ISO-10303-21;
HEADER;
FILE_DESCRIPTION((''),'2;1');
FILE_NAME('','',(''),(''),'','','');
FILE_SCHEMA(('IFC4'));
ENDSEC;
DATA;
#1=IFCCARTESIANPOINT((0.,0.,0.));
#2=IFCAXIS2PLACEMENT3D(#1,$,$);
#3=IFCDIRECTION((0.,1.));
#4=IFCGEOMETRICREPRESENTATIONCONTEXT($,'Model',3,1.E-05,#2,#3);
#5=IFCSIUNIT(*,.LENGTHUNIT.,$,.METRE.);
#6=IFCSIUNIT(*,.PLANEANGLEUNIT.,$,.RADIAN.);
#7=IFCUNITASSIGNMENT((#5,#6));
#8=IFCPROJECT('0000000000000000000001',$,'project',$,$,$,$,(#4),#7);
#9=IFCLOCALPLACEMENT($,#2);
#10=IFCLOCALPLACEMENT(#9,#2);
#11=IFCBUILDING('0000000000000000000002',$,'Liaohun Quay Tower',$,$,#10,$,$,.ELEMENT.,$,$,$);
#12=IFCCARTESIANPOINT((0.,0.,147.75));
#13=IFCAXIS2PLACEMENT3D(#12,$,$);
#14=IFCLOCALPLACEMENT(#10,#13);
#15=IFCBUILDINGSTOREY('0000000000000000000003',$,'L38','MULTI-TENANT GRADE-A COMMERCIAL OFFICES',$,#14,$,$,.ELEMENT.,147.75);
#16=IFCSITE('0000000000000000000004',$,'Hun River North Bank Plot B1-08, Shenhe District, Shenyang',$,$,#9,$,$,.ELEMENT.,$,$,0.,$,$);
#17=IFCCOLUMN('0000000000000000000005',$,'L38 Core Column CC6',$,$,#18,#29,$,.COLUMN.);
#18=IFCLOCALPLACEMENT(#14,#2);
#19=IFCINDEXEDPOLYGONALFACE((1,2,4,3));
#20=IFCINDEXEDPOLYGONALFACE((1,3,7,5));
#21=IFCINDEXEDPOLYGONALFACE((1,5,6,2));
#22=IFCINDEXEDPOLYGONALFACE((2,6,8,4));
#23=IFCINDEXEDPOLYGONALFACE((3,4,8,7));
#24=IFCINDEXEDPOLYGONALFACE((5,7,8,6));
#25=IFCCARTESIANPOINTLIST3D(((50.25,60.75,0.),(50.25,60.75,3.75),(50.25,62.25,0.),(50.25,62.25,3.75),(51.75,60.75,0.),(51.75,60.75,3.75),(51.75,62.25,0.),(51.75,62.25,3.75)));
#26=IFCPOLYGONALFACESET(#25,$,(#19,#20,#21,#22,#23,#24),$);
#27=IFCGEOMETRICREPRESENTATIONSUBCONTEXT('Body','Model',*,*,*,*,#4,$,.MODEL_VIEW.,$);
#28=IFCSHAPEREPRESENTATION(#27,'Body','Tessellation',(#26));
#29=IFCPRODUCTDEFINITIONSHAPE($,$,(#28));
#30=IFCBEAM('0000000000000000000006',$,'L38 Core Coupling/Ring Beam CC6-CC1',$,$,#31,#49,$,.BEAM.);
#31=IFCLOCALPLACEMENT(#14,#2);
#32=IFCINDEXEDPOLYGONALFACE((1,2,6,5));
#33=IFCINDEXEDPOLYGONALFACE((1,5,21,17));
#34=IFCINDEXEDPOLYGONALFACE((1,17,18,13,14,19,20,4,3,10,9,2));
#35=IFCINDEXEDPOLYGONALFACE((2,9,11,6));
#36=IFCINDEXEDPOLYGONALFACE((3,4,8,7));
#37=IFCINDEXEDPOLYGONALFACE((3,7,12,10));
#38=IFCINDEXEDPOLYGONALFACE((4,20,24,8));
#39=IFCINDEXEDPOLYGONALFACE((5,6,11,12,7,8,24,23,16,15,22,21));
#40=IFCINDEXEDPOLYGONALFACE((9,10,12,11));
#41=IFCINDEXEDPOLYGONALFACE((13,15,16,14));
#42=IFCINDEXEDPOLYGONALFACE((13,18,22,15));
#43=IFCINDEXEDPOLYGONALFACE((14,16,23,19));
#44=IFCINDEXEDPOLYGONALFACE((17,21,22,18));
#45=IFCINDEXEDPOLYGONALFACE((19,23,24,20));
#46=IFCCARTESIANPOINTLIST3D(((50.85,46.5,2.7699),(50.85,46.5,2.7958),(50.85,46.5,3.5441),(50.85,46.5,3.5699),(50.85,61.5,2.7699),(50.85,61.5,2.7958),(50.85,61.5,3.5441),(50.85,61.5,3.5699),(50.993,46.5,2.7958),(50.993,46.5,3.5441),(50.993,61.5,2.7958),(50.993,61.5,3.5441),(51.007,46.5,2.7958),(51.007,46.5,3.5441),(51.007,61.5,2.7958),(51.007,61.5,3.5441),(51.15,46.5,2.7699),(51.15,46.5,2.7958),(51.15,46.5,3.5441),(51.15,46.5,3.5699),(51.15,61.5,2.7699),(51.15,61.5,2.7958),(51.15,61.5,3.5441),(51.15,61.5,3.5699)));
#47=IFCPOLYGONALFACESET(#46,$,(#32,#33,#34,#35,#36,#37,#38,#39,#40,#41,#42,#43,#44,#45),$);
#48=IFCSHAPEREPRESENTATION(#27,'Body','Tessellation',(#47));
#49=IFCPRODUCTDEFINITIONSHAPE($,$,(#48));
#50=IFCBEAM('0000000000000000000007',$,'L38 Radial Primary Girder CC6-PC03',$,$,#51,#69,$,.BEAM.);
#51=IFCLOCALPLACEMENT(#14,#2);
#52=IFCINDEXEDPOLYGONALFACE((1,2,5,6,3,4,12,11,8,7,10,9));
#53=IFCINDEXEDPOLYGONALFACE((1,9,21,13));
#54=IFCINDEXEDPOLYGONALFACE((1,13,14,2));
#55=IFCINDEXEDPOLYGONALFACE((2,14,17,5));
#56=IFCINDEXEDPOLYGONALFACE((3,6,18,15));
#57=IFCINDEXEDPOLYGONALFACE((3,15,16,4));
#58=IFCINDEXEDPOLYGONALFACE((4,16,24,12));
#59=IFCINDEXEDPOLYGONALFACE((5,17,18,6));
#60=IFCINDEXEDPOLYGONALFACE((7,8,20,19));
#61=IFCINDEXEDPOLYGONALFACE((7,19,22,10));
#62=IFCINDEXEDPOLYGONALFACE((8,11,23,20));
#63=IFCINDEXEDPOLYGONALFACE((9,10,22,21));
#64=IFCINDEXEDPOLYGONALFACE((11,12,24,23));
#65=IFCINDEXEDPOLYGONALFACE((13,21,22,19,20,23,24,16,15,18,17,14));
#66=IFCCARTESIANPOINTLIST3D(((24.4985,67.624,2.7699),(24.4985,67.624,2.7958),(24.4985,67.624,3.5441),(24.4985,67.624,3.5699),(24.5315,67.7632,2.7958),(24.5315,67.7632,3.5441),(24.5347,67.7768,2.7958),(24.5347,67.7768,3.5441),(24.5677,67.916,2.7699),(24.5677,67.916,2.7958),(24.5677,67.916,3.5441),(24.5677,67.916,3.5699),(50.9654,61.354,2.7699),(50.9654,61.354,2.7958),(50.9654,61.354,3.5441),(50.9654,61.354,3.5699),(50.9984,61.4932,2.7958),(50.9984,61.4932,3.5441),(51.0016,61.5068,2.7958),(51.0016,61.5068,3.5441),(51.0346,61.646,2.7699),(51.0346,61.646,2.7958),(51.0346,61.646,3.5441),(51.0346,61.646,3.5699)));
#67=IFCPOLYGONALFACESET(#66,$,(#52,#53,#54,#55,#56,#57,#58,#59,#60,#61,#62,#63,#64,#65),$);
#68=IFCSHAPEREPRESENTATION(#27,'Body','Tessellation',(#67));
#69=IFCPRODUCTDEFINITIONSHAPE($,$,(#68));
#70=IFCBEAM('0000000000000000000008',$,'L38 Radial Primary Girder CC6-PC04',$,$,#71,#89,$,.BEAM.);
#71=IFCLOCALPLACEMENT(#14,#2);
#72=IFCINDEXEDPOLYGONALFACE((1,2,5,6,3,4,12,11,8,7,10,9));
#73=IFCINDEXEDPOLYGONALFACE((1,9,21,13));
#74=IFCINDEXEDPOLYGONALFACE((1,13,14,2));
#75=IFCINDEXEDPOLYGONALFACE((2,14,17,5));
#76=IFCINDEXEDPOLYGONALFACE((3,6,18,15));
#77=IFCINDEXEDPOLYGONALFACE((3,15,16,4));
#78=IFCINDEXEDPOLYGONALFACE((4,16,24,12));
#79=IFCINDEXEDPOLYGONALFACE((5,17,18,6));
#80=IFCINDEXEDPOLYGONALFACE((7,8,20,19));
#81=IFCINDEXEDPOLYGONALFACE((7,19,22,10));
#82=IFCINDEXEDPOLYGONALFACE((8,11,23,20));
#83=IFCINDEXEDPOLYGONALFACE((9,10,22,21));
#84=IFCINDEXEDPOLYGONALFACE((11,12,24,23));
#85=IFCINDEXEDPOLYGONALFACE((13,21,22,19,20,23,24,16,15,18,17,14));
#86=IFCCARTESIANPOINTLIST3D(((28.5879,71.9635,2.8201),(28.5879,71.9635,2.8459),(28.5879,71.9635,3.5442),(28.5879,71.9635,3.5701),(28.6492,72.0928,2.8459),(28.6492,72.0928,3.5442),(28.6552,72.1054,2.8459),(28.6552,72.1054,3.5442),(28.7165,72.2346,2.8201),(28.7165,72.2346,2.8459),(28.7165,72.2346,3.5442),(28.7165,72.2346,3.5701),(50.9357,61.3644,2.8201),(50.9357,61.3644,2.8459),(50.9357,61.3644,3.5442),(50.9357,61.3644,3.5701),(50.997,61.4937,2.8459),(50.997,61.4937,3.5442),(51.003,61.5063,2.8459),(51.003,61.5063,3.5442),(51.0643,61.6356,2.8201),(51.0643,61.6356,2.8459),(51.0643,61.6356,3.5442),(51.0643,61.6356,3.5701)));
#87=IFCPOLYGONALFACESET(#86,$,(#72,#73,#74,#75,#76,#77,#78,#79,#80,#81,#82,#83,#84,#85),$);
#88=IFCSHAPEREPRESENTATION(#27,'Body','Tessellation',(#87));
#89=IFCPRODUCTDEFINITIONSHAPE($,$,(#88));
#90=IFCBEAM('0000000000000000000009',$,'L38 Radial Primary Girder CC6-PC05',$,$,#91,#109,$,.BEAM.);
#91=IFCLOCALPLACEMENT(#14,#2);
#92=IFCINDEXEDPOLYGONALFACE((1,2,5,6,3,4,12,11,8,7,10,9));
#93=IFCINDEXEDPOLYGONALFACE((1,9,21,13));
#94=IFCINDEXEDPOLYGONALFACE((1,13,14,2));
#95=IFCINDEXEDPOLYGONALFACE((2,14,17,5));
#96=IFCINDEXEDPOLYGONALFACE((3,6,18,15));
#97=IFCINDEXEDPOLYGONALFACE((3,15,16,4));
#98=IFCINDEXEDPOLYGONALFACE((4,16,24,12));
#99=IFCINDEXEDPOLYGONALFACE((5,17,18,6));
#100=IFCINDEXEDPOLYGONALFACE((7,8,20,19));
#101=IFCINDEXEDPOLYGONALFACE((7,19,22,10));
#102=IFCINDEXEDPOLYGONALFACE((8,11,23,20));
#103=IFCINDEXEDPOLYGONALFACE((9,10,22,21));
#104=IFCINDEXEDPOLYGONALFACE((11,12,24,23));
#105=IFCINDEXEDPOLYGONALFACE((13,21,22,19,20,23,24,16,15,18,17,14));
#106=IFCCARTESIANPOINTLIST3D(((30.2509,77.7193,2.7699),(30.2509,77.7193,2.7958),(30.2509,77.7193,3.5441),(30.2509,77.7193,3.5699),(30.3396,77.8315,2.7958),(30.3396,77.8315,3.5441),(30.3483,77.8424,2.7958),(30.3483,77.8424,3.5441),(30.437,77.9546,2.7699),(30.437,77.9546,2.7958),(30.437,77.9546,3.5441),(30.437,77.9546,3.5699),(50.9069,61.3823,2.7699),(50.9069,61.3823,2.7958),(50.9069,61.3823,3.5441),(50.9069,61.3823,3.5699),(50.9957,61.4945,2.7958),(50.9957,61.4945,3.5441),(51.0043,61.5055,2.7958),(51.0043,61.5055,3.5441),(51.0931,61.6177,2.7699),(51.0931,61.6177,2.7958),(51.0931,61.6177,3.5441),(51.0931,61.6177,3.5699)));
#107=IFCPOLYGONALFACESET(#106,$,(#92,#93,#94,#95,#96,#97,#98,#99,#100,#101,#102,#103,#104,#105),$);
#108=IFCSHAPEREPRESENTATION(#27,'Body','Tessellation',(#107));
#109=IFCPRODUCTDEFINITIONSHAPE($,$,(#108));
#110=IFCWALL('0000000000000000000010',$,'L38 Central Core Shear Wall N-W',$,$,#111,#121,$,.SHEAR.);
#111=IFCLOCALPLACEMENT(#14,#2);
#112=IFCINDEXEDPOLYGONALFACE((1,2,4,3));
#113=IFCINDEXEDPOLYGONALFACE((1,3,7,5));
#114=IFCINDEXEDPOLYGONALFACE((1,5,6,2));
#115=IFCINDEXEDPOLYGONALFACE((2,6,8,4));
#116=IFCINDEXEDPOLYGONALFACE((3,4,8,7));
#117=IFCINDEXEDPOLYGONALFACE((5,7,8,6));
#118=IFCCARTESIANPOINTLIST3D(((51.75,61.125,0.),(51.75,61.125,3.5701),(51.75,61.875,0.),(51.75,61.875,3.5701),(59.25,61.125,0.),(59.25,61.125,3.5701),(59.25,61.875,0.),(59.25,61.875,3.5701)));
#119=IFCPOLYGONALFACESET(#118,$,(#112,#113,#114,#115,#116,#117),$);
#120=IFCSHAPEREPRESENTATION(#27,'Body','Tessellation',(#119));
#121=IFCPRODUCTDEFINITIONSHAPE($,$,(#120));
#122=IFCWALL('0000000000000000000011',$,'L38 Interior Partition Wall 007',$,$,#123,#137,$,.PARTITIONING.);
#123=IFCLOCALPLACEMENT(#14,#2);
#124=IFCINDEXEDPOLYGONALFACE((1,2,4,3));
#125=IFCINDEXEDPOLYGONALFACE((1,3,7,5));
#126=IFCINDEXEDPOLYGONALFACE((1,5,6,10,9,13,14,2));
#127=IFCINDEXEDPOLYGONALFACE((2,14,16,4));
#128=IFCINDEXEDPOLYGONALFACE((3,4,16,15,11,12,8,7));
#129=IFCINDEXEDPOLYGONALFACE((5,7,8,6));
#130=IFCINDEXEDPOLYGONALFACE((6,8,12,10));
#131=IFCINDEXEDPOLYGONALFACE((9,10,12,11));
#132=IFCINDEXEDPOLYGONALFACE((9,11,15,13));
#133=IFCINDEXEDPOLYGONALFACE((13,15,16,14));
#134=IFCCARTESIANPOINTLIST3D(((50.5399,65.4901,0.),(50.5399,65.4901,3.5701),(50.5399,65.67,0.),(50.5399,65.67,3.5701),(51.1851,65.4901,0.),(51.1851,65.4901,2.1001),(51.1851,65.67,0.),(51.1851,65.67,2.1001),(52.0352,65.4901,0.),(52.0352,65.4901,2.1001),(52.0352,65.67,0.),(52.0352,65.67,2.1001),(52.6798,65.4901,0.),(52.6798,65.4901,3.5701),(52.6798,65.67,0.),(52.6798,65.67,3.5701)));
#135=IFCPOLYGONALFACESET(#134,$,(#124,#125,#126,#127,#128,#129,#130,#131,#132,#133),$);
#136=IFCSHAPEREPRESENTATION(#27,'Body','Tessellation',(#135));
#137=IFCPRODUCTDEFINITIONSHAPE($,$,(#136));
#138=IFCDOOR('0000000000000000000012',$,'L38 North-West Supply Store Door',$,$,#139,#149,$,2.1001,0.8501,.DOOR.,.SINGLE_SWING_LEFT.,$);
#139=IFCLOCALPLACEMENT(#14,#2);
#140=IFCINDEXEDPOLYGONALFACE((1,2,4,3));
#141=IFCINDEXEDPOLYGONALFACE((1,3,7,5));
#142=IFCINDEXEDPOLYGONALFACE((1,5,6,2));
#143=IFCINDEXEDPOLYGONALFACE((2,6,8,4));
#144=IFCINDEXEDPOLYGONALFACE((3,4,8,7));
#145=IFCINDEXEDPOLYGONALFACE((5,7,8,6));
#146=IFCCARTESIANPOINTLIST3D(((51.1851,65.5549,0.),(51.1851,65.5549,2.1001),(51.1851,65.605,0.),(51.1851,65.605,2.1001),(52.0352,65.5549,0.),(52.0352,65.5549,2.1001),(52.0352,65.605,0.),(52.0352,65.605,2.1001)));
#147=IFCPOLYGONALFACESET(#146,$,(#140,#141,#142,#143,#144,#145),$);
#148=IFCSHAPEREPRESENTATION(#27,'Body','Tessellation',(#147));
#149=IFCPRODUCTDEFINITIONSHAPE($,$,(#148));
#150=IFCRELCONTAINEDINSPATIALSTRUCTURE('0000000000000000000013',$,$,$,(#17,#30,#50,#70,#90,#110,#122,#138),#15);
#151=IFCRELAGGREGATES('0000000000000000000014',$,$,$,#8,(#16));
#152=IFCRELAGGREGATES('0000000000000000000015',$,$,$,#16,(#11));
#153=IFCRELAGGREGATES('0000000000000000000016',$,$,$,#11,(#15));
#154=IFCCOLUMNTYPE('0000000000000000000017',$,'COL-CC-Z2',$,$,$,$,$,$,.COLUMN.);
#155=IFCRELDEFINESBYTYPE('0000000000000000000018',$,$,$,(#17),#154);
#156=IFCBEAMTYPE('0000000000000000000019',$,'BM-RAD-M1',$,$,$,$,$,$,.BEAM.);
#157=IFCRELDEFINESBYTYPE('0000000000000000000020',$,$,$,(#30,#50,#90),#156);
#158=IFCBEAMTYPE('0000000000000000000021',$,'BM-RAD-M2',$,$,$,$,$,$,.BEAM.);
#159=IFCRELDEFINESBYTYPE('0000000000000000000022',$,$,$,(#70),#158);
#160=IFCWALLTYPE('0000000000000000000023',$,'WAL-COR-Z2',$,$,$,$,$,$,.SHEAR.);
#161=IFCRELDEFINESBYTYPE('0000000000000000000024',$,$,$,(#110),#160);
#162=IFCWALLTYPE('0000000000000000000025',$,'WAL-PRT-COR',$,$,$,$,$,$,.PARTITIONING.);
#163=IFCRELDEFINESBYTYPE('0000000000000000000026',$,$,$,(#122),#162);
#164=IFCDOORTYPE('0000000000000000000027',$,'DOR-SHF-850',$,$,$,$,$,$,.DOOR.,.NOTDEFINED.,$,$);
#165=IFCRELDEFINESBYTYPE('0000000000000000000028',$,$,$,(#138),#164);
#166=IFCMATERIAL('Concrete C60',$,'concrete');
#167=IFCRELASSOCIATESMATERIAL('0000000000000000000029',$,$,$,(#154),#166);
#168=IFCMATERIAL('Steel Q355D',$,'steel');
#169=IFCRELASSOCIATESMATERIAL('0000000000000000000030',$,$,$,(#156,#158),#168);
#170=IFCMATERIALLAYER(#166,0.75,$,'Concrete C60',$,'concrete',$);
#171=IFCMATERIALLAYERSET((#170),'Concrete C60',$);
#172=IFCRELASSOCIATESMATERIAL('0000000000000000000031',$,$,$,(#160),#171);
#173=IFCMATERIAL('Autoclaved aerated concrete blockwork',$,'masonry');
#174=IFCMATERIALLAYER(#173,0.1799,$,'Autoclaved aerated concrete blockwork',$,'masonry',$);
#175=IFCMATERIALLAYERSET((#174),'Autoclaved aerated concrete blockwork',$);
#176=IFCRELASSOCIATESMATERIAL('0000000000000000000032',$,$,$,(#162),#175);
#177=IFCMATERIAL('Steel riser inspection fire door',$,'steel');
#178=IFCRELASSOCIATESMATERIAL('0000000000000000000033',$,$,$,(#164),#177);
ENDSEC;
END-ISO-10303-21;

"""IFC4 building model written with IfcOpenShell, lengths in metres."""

from ifc_helpers import new_model, si_unit, direction, frame, frame_2d, origin, origin_2d, place, context, subcontext, project, spatial, rectangle, i_section, extrude, source, transform, mapped, material, layer, layer_set, material_profile, profile_set, type_object, element, fill, save


model = new_model("IFC4")

# Units and contexts
model_context = context("Model", 3, precision=1e-05, world=origin(), true_north=direction((0.0, 1.0)))
body_context = subcontext(model_context, "Body", "Model", "MODEL_VIEW")
ifc_project = project(units=[si_unit("LENGTHUNIT", "METRE"), si_unit("PLANEANGLEUNIT", "RADIAN")], contexts=[model_context])

# Site, building, storey
site_placement = place(None, origin())
site = spatial("IfcSite", under=ifc_project, at=site_placement, Name="Hun River North Bank Plot B1-08, Shenhe District, Shenyang", CompositionType="ELEMENT", RefElevation=0.0)
building_placement = place(site_placement, origin())
building = spatial("IfcBuilding", under=site, at=building_placement, Name="Liaohun Quay Tower", CompositionType="ELEMENT")
storey_placement = place(building_placement, frame((0.0, 0.0, 147.75)))
storey = spatial("IfcBuildingStorey", under=building, at=storey_placement, Name="L38", Description="MULTI-TENANT GRADE-A COMMERCIAL OFFICES", CompositionType="ELEMENT", Elevation=147.75)

# Column
ifc_material_1 = material(Name="Concrete C60", Category="concrete")
ifc_material_profile_1 = material_profile(ifc_material_1, rectangle(XDim=1.5, YDim=1.5, at=origin_2d()), Name="RC1500x1500")
ifc_profile_set_1 = profile_set([ifc_material_profile_1], Name="Concrete C60")
column_type = type_object("IfcColumnType", Name="COL-CC-Z2", PredefinedType="COLUMN", material=ifc_profile_set_1)
shared_shape_1 = source(origin(), body_context, "Body", "SweptSolid", [
    extrude(rectangle(XDim=1.5, YDim=1.5, at=origin_2d()), origin(), (0.0, 0.0, 1.0), 3.75),
])
column_placement = place(storey_placement, frame((51.0, 61.5, 0.0), z_axis=(0.0, 0.0, 1.0), x_axis=(1.0, 0.0, 0.0)))
element("IfcColumn", 1, at=column_placement, inside=storey, type_object=column_type, Name="L38 Core Column CC6", PredefinedType="COLUMN", context=body_context, shape_type="MappedRepresentation", body=[
    mapped(shared_shape_1, transform((0.0, 0.0, 0.0), x_axis=(1.0, 0.0, 0.0), y_axis=(0.0, 1.0, 0.0), z_axis=(0.0, 0.0, 1.0), scale=1.0)),
])

# Beams
ifc_material_2 = material(Name="Steel Q355D", Category="steel")
ifc_material_profile_2 = material_profile(ifc_material_2, i_section(OverallWidth=0.3, OverallDepth=0.8, WebThickness=0.0139, FlangeThickness=0.0259, at=origin_2d()), Name="HN800x300x14x26")
ifc_profile_set_2 = profile_set([ifc_material_profile_2], Name="Steel Q355D")
beam_type_1 = type_object("IfcBeamType", Name="BM-RAD-M1", PredefinedType="BEAM", material=ifc_profile_set_2)
shared_shape_2 = source(origin(), body_context, "Body", "SweptSolid", [
    extrude(i_section(OverallWidth=0.3, OverallDepth=0.8, WebThickness=0.0139, FlangeThickness=0.0259, at=origin_2d()), origin(), (0.0, 0.0, 1.0), 15.0),
])
beam_1_placement = place(storey_placement, frame((51.0, 61.5, 3.1699), z_axis=(0.0, -1.0, 0.0), x_axis=(1.0, 0.0, 0.0)))
element("IfcBeam", 2, at=beam_1_placement, inside=storey, type_object=beam_type_1, Name="L38 Core Coupling/Ring Beam CC6-CC1", PredefinedType="BEAM", context=body_context, shape_type="MappedRepresentation", body=[
    mapped(shared_shape_2, transform((0.0, 0.0, 0.0), x_axis=(1.0, 0.0, 0.0), y_axis=(0.0, 1.0, 0.0), z_axis=(0.0, 0.0, 1.0), scale=1.0)),
])
shared_shape_3 = source(origin(), body_context, "Body", "SweptSolid", [
    extrude(i_section(OverallWidth=0.3, OverallDepth=0.8, WebThickness=0.0139, FlangeThickness=0.0259, at=origin_2d()), origin(), (0.0, 0.0, 1.0), 27.1995),
])
beam_2_placement = place(storey_placement, frame((51.0, 61.5, 3.1699), z_axis=(-0.973068, 0.230519, 0.0), x_axis=(-0.230519, -0.973068, 0.0)))
element("IfcBeam", 3, at=beam_2_placement, inside=storey, type_object=beam_type_1, Name="L38 Radial Primary Girder CC6-PC03", PredefinedType="BEAM", context=body_context, shape_type="MappedRepresentation", body=[
    mapped(shared_shape_3, transform((0.0, 0.0, 0.0), x_axis=(1.0, 0.0, 0.0), y_axis=(0.0, 1.0, 0.0), z_axis=(0.0, 0.0, 1.0), scale=1.0)),
])
ifc_material_profile_3 = material_profile(ifc_material_2, i_section(OverallWidth=0.3, OverallDepth=0.75, WebThickness=0.0139, FlangeThickness=0.0259, at=origin_2d()), Name="HN750x300x14x26")
ifc_profile_set_3 = profile_set([ifc_material_profile_3], Name="Steel Q355D")
beam_type_2 = type_object("IfcBeamType", Name="BM-RAD-M2", PredefinedType="BEAM", material=ifc_profile_set_3)
shared_shape_4 = source(origin(), body_context, "Body", "SweptSolid", [
    extrude(i_section(OverallWidth=0.3, OverallDepth=0.75, WebThickness=0.0139, FlangeThickness=0.0259, at=origin_2d()), origin(), (0.0, 0.0, 1.0), 24.7339),
])
beam_3_placement = place(storey_placement, frame((51.0, 61.5, 3.1951), z_axis=(-0.90353, 0.428525, 0.0), x_axis=(-0.428525, -0.90353, 0.0)))
element("IfcBeam", 4, at=beam_3_placement, inside=storey, type_object=beam_type_2, Name="L38 Radial Primary Girder CC6-PC04", PredefinedType="BEAM", context=body_context, shape_type="MappedRepresentation", body=[
    mapped(shared_shape_4, transform((0.0, 0.0, 0.0), x_axis=(1.0, 0.0, 0.0), y_axis=(0.0, 1.0, 0.0), z_axis=(0.0, 0.0, 1.0), scale=1.0)),
])
shared_shape_5 = source(origin(), body_context, "Body", "SweptSolid", [
    extrude(i_section(OverallWidth=0.3, OverallDepth=0.8, WebThickness=0.0139, FlangeThickness=0.0259, at=origin_2d()), origin(), (0.0, 0.0, 1.0), 26.3357),
])
beam_4_placement = place(storey_placement, frame((51.0, 61.5, 3.1699), z_axis=(-0.784337, 0.620335, 0.0), x_axis=(-0.620335, -0.784337, 0.0)))
element("IfcBeam", 5, at=beam_4_placement, inside=storey, type_object=beam_type_1, Name="L38 Radial Primary Girder CC6-PC05", PredefinedType="BEAM", context=body_context, shape_type="MappedRepresentation", body=[
    mapped(shared_shape_5, transform((0.0, 0.0, 0.0), x_axis=(1.0, 0.0, 0.0), y_axis=(0.0, 1.0, 0.0), z_axis=(0.0, 0.0, 1.0), scale=1.0)),
])

# Wall
ifc_layer_1 = layer(ifc_material_1, 0.75, Name="Concrete C60", Category="concrete")
ifc_layer_set_1 = layer_set([ifc_layer_1], Name="Concrete C60")
wall_type_1 = type_object("IfcWallType", Name="WAL-COR-Z2", PredefinedType="SHEAR", material=ifc_layer_set_1)
wall_1_placement = place(storey_placement, frame((51.75, 61.5, 0.0), z_axis=(0.0, 0.0, 1.0), x_axis=(1.0, 0.0, 0.0)))
element("IfcWall", 6, at=wall_1_placement, inside=storey, type_object=wall_type_1, Name="L38 Central Core Shear Wall N-W", PredefinedType="SHEAR", context=body_context, shape_type="SweptSolid", body=[
    extrude(rectangle(XDim=7.5, YDim=0.75, at=frame_2d((3.75, 0.0))), origin(), (0.0, 0.0, 1.0), 3.5701),
])

# Wall, opening, door
ifc_material_3 = material(Name="Autoclaved aerated concrete blockwork", Category="masonry")
ifc_layer_2 = layer(ifc_material_3, 0.1799, Name="Autoclaved aerated concrete blockwork", Category="masonry")
ifc_layer_set_2 = layer_set([ifc_layer_2], Name="Autoclaved aerated concrete blockwork")
wall_type_2 = type_object("IfcWallType", Name="WAL-PRT-COR", PredefinedType="PARTITIONING", material=ifc_layer_set_2)
wall_2_placement = place(storey_placement, frame((50.54, 65.5801, 0.0), z_axis=(0.0, 0.0, 1.0), x_axis=(1.0, 0.0, 0.0)))
wall_2 = element("IfcWall", 7, at=wall_2_placement, inside=storey, type_object=wall_type_2, Name="L38 Interior Partition Wall 007", PredefinedType="PARTITIONING", context=body_context, shape_type="SweptSolid", body=[
    extrude(rectangle(XDim=2.1399, YDim=0.1799, at=frame_2d((1.0698, 0.0))), origin(), (0.0, 0.0, 1.0), 3.5701),
])
shared_shape_6 = source(origin(), body_context, "Body", "SweptSolid", [
    extrude(rectangle(XDim=0.8501, YDim=2.1001, at=frame_2d((0.425, 1.05))), frame((0.0, 0.0999, 0.0), z_axis=(0.0, -1.0, 0.0), x_axis=(1.0, 0.0, 0.0)), (0.0, 0.0, 1.0), 0.2),
])
opening_1_placement = place(wall_2_placement, frame((0.645, 0.0, 0.0)))
opening_1 = element("IfcOpeningElement", 8, at=opening_1_placement, cuts=wall_2, PredefinedType="OPENING", context=body_context, shape_type="MappedRepresentation", body=[
    mapped(shared_shape_6, transform((0.0, 0.0, 0.0), x_axis=(1.0, 0.0, 0.0), y_axis=(0.0, 1.0, 0.0), z_axis=(0.0, 0.0, 1.0), scale=1.0)),
])
ifc_material_4 = material(Name="Steel riser inspection fire door", Category="steel")
door_type_1 = type_object("IfcDoorType", Name="DOR-SHF-850", OperationType="NOTDEFINED", PredefinedType="DOOR", material=ifc_material_4)
shared_shape_7 = source(origin(), body_context, "Body", "SweptSolid", [
    extrude(rectangle(XDim=0.8501, YDim=2.1001, at=frame_2d((0.425, 1.05))), frame((0.0, 0.0249, 0.0), z_axis=(0.0, -1.0, 0.0), x_axis=(1.0, 0.0, 0.0)), (0.0, 0.0, 1.0), 0.05),
])
door_1_placement = place(opening_1_placement, origin())
door_1 = element("IfcDoor", 9, at=door_1_placement, inside=storey, type_object=door_type_1, Name="L38 North-West Supply Store Door", OperationType="SINGLE_SWING_LEFT", OverallHeight=2.1001, OverallWidth=0.8501, PredefinedType="DOOR", context=body_context, shape_type="MappedRepresentation", body=[
    mapped(shared_shape_7, transform((0.0, 0.0, 0.0), x_axis=(1.0, 0.0, 0.0), y_axis=(0.0, 1.0, 0.0), z_axis=(0.0, 0.0, 1.0), scale=1.0)),
])
fill(opening_1, door_1)

save(model, "model.ifc")
